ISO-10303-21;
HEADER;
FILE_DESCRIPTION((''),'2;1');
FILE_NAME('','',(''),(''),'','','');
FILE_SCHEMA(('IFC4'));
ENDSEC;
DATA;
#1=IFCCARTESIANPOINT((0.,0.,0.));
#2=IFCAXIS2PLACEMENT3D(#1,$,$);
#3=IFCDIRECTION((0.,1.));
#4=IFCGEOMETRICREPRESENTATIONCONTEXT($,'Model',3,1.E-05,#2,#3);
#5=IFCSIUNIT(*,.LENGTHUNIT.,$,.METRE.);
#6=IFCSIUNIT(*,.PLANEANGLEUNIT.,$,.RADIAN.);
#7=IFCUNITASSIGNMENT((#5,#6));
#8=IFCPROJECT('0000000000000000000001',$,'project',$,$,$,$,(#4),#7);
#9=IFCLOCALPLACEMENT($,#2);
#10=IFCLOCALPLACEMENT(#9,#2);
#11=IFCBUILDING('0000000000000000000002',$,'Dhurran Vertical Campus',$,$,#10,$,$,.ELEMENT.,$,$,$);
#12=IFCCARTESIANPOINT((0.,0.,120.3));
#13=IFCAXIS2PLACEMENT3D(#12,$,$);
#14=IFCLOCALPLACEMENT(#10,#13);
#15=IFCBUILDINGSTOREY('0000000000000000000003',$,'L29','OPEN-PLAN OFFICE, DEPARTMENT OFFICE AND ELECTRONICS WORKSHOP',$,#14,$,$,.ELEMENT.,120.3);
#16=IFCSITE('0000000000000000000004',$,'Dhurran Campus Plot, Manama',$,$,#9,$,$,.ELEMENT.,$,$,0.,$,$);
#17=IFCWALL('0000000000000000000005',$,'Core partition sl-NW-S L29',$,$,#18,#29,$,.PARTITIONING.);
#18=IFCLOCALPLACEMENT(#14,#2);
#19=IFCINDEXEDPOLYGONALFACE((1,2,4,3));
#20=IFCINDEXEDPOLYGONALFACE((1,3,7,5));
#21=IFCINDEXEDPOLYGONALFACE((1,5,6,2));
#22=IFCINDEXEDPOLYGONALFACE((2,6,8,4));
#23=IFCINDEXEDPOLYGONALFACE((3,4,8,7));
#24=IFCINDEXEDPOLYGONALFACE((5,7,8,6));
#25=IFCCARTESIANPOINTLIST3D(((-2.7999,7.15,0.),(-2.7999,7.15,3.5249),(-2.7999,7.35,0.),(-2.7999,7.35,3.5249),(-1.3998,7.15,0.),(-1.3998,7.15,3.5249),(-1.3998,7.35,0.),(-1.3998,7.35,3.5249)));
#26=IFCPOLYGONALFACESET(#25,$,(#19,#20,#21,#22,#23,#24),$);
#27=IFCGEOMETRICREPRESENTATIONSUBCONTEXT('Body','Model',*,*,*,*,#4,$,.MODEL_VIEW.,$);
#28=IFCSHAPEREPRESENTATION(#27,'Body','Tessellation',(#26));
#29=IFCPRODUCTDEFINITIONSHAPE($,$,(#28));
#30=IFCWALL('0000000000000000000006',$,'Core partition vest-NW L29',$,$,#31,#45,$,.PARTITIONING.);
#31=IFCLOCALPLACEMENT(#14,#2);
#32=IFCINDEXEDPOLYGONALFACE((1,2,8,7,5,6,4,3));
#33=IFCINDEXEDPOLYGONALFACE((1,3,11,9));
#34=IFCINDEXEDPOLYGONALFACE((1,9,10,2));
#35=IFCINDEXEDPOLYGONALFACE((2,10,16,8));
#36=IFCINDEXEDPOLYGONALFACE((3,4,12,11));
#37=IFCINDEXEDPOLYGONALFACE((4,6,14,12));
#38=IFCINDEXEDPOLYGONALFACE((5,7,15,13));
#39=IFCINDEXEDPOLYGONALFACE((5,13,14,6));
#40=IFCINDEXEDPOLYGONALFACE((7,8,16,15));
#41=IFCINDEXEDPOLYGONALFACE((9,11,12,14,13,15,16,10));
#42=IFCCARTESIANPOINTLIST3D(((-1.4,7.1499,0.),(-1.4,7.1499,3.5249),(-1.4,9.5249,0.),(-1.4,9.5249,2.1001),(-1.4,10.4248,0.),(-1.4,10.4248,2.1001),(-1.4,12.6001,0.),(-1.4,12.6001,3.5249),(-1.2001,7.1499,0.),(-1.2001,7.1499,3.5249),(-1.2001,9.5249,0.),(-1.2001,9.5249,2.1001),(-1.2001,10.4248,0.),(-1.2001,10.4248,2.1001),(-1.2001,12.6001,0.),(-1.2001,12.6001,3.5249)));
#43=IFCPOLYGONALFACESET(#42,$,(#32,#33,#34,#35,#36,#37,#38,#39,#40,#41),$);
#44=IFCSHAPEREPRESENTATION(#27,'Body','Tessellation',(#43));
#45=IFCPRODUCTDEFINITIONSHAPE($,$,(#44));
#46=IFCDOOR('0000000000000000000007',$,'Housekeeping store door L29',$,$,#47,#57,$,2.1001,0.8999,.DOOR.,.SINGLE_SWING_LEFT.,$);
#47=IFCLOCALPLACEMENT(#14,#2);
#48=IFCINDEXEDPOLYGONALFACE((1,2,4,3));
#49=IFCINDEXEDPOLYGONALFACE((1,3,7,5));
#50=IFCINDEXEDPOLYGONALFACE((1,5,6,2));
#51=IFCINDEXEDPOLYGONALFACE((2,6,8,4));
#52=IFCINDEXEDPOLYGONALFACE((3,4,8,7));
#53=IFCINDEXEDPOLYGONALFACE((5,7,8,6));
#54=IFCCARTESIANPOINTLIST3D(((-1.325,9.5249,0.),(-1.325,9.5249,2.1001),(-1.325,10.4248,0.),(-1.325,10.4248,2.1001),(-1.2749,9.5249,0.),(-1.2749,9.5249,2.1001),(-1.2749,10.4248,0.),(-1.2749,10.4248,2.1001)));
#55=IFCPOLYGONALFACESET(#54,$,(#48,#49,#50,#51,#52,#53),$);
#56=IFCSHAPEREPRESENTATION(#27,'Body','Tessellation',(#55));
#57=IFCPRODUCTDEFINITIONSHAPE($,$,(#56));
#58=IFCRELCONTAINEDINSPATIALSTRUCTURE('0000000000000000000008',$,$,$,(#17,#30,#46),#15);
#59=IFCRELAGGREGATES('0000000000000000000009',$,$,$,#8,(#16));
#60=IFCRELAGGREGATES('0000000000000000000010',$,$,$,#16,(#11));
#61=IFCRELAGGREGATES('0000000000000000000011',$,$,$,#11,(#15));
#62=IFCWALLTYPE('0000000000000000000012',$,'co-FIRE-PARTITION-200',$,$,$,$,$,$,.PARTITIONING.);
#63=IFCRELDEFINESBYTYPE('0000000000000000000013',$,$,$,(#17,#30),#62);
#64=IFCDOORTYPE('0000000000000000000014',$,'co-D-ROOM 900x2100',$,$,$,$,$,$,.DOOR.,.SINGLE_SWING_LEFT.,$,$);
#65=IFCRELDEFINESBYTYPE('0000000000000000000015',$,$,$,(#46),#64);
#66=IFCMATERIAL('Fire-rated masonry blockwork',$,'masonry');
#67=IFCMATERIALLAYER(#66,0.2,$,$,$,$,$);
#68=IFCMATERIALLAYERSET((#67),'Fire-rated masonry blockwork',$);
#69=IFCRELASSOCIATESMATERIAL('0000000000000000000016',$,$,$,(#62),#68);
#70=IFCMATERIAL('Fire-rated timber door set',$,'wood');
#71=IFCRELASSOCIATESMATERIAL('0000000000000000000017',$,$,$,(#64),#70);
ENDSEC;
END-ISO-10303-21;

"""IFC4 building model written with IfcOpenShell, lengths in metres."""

from ifc_helpers import new_model, si_unit, direction, frame, frame_2d, origin, place, context, subcontext, project, spatial, rectangle, extrude, material, layer, layer_set, type_object, element, fill, save


model = new_model("IFC4")

# Units and contexts
model_context = context("Model", 3, precision=1e-05, world=origin(), true_north=direction((0.0, 1.0)))
body_context = subcontext(model_context, "Body", "Model", "MODEL_VIEW")
ifc_project = project(units=[si_unit("LENGTHUNIT", "METRE"), si_unit("PLANEANGLEUNIT", "RADIAN")], contexts=[model_context])

# Site, building, storey
site_placement = place(None, origin())
site = spatial("IfcSite", under=ifc_project, at=site_placement, Name="Dhurran Campus Plot, Manama", CompositionType="ELEMENT", RefElevation=0.0)
building_placement = place(site_placement, origin())
building = spatial("IfcBuilding", under=site, at=building_placement, Name="Dhurran Vertical Campus", CompositionType="ELEMENT")
storey_placement = place(building_placement, frame((0.0, 0.0, 120.3)))
storey = spatial("IfcBuildingStorey", under=building, at=storey_placement, Name="L29", Description="OPEN-PLAN OFFICE, DEPARTMENT OFFICE AND ELECTRONICS WORKSHOP", CompositionType="ELEMENT", Elevation=120.3)

# Wall
ifc_material_1 = material(Name="Fire-rated masonry blockwork", Category="masonry")
ifc_layer_1 = layer(ifc_material_1, 0.2)
ifc_layer_set_1 = layer_set([ifc_layer_1], Name="Fire-rated masonry blockwork")
wall_type_1 = type_object("IfcWallType", Name="co-FIRE-PARTITION-200", PredefinedType="PARTITIONING", material=ifc_layer_set_1)
wall_1_placement = place(storey_placement, frame((-2.8, 7.25, 0.0), z_axis=(0.0, 0.0, 1.0), x_axis=(1.0, 0.0, 0.0)))
element("IfcWall", 1, at=wall_1_placement, inside=storey, type_object=wall_type_1, Name="Core partition sl-NW-S L29", PredefinedType="PARTITIONING", context=body_context, shape_type="SweptSolid", body=[
    extrude(rectangle(XDim=1.4001, YDim=0.2, at=frame_2d((0.7002, 0.0))), origin(), (0.0, 0.0, 1.0), 3.5249),
])

# Wall, opening, door
wall_2_placement = place(storey_placement, frame((-1.3, 7.1499, 0.0), z_axis=(0.0, 0.0, 1.0), x_axis=(0.0, 1.0, 0.0)))
wall_2 = element("IfcWall", 2, at=wall_2_placement, inside=storey, type_object=wall_type_1, Name="Core partition vest-NW L29", PredefinedType="PARTITIONING", context=body_context, shape_type="SweptSolid", body=[
    extrude(rectangle(XDim=5.4502, YDim=0.2, at=frame_2d((2.7251, 0.0))), origin(), (0.0, 0.0, 1.0), 3.5249),
])
opening_1_placement = place(wall_2_placement, frame((2.375, 0.0, 0.0)))
opening_1 = element("IfcOpeningElement", 3, at=opening_1_placement, cuts=wall_2, PredefinedType="OPENING", context=body_context, shape_type="SweptSolid", body=[
    extrude(rectangle(XDim=0.8999, YDim=2.1001, at=frame_2d((0.45, 1.05))), frame((0.0, 0.1099, 0.0), z_axis=(0.0, -1.0, 0.0), x_axis=(1.0, 0.0, 0.0)), (0.0, 0.0, 1.0), 0.22),
])
ifc_material_2 = material(Name="Fire-rated timber door set", Category="wood")
door_type_1 = type_object("IfcDoorType", Name="co-D-ROOM 900x2100", OperationType="SINGLE_SWING_LEFT", PredefinedType="DOOR", material=ifc_material_2)
door_1_placement = place(opening_1_placement, origin())
door_1 = element("IfcDoor", 4, at=door_1_placement, inside=storey, type_object=door_type_1, Name="Housekeeping store door L29", OperationType="SINGLE_SWING_LEFT", OverallHeight=2.1001, OverallWidth=0.8999, PredefinedType="DOOR", context=body_context, shape_type="SweptSolid", body=[
    extrude(rectangle(XDim=0.8999, YDim=2.1001, at=frame_2d((0.45, 1.05))), frame((0.0, 0.0249, 0.0), z_axis=(0.0, -1.0, 0.0), x_axis=(1.0, 0.0, 0.0)), (0.0, 0.0, 1.0), 0.05),
])
fill(opening_1, door_1)

save(model, "model.ifc")
